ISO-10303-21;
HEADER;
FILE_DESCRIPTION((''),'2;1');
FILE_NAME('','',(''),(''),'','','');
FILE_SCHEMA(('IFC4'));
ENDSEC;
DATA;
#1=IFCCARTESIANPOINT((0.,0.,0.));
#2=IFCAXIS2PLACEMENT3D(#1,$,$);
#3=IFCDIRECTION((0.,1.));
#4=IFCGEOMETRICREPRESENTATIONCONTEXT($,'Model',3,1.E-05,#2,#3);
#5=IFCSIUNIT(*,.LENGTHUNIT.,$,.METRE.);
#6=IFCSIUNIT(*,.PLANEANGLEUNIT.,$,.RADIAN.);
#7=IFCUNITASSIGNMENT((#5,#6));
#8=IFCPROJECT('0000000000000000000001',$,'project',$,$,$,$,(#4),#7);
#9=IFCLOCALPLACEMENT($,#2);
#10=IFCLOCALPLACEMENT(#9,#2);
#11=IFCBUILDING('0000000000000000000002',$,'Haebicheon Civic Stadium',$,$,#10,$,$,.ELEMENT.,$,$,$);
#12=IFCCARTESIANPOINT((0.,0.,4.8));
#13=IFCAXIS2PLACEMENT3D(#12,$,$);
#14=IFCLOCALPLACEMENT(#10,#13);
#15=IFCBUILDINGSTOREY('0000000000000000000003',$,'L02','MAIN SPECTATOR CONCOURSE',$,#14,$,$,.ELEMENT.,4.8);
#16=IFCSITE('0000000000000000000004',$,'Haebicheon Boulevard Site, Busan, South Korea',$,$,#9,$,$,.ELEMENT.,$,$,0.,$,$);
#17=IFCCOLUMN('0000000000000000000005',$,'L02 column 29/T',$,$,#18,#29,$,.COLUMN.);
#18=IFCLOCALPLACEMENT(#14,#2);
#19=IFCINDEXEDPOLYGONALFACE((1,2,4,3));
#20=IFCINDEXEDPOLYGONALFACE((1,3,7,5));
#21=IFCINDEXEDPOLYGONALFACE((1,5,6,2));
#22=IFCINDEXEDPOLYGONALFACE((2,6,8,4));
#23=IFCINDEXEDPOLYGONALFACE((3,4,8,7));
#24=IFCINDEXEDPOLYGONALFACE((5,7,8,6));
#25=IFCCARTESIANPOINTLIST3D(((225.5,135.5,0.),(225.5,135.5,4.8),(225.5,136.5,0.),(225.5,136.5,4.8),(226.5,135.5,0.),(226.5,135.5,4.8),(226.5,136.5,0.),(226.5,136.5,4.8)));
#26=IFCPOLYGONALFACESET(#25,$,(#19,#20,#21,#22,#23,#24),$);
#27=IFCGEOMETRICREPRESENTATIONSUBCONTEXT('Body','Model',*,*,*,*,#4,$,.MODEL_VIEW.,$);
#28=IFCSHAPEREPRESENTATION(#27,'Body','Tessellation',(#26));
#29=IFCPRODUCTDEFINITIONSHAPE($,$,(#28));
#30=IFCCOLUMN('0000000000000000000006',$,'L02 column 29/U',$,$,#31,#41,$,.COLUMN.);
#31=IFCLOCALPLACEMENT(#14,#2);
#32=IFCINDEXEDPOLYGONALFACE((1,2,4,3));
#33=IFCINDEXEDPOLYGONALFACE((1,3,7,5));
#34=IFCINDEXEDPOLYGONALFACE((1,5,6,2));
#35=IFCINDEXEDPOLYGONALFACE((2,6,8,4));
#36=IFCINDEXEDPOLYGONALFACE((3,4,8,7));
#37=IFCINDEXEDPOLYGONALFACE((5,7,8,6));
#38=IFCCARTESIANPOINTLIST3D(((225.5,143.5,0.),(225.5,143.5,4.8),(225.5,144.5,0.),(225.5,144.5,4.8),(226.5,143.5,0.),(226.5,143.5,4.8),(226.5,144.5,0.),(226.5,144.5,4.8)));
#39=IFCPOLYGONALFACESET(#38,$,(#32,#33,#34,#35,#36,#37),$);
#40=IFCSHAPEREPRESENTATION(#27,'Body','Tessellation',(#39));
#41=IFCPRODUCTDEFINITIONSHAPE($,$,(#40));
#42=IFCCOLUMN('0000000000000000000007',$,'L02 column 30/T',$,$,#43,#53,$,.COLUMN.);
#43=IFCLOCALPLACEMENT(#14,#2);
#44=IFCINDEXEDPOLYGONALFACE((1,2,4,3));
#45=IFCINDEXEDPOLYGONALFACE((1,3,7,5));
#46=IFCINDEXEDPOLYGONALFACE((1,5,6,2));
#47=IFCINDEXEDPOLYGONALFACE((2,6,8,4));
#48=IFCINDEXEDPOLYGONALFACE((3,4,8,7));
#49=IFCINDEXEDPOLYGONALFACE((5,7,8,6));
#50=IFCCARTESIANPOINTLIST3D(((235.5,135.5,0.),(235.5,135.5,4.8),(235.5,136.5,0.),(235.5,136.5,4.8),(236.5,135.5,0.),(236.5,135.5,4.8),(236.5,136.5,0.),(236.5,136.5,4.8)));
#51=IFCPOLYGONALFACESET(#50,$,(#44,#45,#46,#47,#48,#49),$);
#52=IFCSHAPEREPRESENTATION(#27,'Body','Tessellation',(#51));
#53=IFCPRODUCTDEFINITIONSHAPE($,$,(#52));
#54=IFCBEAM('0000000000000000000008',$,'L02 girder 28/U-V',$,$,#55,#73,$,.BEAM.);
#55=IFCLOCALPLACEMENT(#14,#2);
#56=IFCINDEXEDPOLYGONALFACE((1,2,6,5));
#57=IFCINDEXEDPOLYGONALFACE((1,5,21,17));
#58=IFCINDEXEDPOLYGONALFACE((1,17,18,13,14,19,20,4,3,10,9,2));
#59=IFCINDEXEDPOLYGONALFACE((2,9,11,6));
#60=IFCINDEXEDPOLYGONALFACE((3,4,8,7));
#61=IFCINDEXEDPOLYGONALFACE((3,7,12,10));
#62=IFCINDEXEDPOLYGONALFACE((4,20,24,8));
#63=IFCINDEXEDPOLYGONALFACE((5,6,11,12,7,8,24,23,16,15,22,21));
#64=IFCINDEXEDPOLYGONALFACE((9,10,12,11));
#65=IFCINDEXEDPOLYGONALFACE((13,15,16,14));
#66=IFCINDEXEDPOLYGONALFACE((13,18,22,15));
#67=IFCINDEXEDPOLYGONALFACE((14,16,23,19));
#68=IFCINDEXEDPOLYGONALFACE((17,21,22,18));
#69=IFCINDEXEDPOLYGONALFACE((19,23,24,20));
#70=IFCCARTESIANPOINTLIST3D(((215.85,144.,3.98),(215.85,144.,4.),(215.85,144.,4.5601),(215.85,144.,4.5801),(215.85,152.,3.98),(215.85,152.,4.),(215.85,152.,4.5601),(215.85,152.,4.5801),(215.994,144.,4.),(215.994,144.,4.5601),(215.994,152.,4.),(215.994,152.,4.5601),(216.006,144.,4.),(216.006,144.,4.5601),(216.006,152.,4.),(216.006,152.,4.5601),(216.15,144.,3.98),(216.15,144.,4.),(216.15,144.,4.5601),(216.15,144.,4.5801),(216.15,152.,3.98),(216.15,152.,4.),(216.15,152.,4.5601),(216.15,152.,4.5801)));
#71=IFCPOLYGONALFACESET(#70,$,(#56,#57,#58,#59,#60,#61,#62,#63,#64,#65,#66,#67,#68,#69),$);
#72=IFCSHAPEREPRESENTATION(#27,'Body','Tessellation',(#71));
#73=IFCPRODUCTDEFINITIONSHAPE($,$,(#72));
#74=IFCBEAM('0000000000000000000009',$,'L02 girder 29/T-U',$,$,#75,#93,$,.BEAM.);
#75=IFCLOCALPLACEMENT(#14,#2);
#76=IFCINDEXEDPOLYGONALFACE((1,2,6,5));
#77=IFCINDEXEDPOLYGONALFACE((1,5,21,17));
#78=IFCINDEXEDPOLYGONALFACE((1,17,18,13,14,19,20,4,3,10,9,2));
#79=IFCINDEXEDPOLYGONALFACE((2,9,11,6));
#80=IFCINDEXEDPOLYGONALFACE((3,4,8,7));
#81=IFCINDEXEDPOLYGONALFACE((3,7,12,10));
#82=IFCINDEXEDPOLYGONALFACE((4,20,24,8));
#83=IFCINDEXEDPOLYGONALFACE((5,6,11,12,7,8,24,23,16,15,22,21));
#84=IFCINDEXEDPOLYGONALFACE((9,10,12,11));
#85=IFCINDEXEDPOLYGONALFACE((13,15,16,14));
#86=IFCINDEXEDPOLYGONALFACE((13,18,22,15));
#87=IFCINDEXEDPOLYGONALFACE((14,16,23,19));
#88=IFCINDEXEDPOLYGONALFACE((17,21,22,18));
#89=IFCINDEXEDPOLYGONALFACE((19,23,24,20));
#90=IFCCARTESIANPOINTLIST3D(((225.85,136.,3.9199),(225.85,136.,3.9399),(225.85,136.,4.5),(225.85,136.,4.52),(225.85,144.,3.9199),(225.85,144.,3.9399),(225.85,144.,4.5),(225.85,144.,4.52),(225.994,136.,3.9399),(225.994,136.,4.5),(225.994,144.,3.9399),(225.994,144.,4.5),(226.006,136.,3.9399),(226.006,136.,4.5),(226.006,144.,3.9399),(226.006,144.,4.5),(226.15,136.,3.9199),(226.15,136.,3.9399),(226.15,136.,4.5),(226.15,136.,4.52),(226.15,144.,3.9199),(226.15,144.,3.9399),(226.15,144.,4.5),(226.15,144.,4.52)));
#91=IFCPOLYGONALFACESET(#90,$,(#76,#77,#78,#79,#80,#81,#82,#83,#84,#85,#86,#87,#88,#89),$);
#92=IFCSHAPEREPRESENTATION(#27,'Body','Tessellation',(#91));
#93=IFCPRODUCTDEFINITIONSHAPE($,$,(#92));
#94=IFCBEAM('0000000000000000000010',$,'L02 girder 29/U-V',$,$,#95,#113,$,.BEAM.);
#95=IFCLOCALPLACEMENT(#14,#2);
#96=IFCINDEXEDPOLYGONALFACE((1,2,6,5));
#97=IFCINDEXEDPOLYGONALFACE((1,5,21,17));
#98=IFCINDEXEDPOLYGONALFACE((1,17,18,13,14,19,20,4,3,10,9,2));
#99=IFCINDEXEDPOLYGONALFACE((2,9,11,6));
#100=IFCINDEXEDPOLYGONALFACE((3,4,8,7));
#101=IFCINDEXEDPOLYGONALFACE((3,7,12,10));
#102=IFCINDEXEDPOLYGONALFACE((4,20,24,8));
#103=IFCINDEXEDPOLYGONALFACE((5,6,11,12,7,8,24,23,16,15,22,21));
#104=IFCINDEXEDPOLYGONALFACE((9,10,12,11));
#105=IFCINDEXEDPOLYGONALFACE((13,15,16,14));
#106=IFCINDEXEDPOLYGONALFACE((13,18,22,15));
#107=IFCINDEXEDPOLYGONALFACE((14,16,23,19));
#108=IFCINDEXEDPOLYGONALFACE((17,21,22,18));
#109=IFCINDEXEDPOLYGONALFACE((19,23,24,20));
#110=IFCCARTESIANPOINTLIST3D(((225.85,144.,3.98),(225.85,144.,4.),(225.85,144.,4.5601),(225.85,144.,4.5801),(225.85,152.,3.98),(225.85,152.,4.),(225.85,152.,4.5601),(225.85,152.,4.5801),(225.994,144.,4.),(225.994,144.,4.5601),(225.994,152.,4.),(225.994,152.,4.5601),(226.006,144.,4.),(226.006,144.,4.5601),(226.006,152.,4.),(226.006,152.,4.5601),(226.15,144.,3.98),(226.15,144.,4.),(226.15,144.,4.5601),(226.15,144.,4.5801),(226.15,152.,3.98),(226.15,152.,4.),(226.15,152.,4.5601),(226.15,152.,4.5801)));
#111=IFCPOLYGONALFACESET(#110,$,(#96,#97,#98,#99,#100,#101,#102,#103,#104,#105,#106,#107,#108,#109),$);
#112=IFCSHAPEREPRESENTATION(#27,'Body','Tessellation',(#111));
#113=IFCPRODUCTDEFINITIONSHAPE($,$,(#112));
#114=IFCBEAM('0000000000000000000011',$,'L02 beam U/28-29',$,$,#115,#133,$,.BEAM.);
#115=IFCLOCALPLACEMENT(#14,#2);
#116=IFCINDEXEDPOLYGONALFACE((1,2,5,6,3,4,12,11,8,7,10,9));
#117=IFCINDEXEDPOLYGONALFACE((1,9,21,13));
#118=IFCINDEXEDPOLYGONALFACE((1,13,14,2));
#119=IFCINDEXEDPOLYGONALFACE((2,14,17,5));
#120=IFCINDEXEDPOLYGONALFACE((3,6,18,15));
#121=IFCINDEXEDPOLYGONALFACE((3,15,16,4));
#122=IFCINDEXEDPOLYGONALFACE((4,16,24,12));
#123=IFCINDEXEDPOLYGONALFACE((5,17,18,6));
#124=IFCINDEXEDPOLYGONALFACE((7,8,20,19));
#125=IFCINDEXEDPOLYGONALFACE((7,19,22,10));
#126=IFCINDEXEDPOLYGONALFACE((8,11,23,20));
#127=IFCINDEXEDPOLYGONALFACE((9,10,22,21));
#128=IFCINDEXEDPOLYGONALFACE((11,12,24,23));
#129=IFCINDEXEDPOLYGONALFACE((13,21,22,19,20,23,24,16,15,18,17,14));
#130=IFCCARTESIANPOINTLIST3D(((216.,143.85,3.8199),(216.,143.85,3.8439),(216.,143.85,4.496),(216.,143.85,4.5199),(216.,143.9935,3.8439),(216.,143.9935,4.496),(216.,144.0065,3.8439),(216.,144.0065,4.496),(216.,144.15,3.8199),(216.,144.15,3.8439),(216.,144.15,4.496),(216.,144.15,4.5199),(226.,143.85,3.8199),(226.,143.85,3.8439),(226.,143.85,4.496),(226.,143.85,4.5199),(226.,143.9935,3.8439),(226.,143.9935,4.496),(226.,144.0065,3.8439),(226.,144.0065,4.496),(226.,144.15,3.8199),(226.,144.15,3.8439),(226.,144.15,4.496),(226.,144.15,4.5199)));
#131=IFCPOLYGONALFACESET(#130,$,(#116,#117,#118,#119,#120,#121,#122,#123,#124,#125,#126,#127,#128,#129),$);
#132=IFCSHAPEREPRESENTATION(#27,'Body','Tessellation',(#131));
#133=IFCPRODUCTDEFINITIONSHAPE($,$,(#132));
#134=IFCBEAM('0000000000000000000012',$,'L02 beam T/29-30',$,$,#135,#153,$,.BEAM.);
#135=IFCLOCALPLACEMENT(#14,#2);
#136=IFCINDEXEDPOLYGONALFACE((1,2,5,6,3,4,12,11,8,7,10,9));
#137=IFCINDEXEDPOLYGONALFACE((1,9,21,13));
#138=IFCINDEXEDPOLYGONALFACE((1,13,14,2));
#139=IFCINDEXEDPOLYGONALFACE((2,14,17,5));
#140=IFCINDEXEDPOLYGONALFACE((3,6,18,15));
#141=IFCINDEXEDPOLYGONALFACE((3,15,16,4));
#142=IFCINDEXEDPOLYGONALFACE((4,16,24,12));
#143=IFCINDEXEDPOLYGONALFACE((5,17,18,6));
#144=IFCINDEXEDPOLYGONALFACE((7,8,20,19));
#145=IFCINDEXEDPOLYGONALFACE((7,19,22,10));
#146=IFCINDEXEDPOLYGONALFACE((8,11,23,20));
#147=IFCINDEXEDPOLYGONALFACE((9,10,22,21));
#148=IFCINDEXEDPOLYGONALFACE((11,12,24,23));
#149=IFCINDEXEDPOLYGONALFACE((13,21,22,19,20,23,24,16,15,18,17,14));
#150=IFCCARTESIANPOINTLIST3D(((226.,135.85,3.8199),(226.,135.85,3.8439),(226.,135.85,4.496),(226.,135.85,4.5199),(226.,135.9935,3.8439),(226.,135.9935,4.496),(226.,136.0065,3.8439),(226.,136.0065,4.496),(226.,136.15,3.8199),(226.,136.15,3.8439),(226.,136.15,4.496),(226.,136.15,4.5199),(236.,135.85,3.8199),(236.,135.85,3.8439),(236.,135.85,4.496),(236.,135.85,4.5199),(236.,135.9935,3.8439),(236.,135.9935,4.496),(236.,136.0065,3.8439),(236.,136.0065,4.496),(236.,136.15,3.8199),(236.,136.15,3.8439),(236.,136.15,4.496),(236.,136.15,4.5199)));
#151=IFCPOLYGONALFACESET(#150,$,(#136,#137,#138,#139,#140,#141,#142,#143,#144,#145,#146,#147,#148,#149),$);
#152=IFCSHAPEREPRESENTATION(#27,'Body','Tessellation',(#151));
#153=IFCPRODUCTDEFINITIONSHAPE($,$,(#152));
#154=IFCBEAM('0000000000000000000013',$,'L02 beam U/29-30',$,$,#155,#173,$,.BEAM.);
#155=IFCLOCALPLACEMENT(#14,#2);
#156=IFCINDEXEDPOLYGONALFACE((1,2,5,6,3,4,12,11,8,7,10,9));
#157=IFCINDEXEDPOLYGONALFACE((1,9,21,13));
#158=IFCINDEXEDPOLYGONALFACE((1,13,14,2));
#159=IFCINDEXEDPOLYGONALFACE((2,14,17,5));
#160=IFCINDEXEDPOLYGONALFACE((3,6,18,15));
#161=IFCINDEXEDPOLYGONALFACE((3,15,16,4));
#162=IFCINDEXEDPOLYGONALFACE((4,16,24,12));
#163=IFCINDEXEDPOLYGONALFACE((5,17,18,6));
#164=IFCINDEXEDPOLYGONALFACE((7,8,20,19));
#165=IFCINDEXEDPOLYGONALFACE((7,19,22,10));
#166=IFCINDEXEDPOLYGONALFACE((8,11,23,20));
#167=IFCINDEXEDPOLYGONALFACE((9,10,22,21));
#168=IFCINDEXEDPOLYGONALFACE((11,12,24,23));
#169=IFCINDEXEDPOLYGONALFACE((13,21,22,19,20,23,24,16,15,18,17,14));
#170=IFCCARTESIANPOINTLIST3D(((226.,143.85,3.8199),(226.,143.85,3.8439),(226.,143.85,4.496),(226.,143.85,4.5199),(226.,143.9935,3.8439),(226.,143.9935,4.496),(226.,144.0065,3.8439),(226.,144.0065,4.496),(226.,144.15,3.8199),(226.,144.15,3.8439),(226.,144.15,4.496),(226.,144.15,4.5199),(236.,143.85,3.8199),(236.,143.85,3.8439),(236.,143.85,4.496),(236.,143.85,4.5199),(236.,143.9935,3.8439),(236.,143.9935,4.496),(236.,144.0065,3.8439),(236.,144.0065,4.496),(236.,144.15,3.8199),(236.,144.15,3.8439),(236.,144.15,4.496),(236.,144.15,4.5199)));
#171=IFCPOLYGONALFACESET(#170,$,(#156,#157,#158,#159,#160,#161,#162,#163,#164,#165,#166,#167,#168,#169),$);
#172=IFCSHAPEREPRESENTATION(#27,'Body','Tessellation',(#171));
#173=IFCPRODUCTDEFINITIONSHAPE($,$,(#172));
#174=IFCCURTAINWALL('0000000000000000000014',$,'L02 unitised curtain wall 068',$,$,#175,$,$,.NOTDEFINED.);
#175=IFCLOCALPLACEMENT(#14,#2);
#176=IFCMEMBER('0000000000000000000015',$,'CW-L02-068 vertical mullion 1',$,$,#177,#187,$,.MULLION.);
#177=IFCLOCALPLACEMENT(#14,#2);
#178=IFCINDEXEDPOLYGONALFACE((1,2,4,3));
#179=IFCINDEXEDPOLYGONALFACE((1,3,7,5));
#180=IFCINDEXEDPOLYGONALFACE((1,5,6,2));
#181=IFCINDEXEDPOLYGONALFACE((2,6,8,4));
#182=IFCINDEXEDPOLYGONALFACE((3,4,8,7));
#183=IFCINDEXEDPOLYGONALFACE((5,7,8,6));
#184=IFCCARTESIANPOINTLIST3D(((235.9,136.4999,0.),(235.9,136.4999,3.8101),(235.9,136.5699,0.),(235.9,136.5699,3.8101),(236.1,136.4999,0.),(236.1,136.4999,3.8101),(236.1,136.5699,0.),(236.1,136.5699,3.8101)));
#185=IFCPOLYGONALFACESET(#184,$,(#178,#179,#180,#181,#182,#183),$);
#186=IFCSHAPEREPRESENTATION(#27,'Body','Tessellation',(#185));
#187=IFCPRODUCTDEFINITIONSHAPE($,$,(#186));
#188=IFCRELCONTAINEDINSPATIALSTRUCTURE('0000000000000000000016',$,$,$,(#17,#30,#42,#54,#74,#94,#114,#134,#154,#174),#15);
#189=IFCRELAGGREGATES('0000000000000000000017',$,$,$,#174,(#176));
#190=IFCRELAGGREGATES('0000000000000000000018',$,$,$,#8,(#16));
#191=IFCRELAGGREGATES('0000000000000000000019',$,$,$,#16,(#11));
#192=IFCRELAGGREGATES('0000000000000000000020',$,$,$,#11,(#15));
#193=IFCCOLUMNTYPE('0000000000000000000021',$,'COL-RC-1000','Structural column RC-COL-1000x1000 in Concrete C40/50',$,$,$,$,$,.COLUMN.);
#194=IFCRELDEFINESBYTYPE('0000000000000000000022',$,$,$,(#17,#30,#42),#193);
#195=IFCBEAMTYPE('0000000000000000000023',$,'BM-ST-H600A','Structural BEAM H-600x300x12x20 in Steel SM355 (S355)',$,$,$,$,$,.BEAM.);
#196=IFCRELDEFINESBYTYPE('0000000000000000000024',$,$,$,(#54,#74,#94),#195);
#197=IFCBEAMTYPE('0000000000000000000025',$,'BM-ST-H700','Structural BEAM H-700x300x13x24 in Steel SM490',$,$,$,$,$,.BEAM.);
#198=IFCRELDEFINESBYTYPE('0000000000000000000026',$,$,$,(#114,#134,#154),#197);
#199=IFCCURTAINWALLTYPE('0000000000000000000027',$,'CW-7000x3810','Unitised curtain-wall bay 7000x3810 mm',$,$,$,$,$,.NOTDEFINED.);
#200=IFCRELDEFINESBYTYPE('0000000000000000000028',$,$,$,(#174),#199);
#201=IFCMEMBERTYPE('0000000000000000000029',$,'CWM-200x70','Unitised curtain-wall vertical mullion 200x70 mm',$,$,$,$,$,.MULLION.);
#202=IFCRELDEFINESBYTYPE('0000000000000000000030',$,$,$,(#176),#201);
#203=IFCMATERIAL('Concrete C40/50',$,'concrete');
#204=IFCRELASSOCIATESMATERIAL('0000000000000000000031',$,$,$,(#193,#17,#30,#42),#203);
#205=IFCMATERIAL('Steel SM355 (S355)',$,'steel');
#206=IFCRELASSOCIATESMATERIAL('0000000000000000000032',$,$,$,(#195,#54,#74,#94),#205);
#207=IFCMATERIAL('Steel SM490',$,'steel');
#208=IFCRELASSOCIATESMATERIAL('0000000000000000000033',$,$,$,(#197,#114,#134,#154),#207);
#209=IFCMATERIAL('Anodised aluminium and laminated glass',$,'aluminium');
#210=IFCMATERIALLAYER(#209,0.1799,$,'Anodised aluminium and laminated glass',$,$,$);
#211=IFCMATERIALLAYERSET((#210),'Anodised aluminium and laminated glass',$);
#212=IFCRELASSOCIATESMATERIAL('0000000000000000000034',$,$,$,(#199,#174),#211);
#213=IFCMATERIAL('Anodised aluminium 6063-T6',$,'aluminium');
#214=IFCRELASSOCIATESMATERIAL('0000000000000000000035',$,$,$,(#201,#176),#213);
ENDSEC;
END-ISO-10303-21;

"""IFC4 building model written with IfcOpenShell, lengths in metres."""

from ifc_helpers import new_model, si_unit, direction, frame, origin, origin_2d, place, context, subcontext, project, spatial, rectangle, i_section, extrude, material, layer, layer_set, material_profile, profile_set, type_object, element, aggregate, save


model = new_model("IFC4")

# Units and contexts
model_context = context("Model", 3, precision=1e-05, world=origin(), true_north=direction((0.0, 1.0)))
body_context = subcontext(model_context, "Body", "Model", "MODEL_VIEW")
ifc_project = project(units=[si_unit("LENGTHUNIT", "METRE"), si_unit("PLANEANGLEUNIT", "RADIAN")], contexts=[model_context])

# Site, building, storey
site_placement = place(None, origin())
site = spatial("IfcSite", under=ifc_project, at=site_placement, Name="Haebicheon Boulevard Site, Busan, South Korea", CompositionType="ELEMENT", RefElevation=0.0)
building_placement = place(site_placement, origin())
building = spatial("IfcBuilding", under=site, at=building_placement, Name="Haebicheon Civic Stadium", CompositionType="ELEMENT")
storey_placement = place(building_placement, frame((0.0, 0.0, 4.8)))
storey = spatial("IfcBuildingStorey", under=building, at=storey_placement, Name="L02", Description="MAIN SPECTATOR CONCOURSE", CompositionType="ELEMENT", Elevation=4.8)

# Columns
ifc_material_1 = material(Name="Concrete C40/50", Category="concrete")
ifc_material_profile_1 = material_profile(ifc_material_1, rectangle(XDim=1.0, YDim=1.0, at=origin_2d()), Name="RC-COL-1000x1000")
ifc_profile_set_1 = profile_set([ifc_material_profile_1], Name="Concrete C40/50")
column_type = type_object("IfcColumnType", Name="COL-RC-1000", Description="Structural column RC-COL-1000x1000 in Concrete C40/50", PredefinedType="COLUMN", material=ifc_profile_set_1)
for number, where, z_axis, x_axis, name in (
    (1, (226.0, 136.0, 0.0), (0.0, 0.0, 1.0), (1.0, 0.0, 0.0), "L02 column 29/T"),
    (2, (226.0, 144.0, 0.0), (0.0, 0.0, 1.0), (1.0, 0.0, 0.0), "L02 column 29/U"),
    (3, (236.0, 136.0, 0.0), (0.0, 0.0, 1.0), (1.0, 0.0, 0.0), "L02 column 30/T"),
):
    element("IfcColumn", number, at=place(storey_placement, frame(where, z_axis=z_axis, x_axis=x_axis)), inside=storey, type_object=column_type, material=ifc_profile_set_1, Name=name, PredefinedType="COLUMN", context=body_context, shape_type="SweptSolid", body=[
        extrude(rectangle(XDim=1.0, YDim=1.0, at=origin_2d()), origin(), (0.0, 0.0, 1.0), 4.8),
    ])

# Beams
ifc_material_2 = material(Name="Steel SM355 (S355)", Category="steel")
ifc_material_profile_2 = material_profile(ifc_material_2, i_section(OverallWidth=0.3, OverallDepth=0.6001, WebThickness=0.012, FlangeThickness=0.02, at=origin_2d()), Name="H-600x300x12x20")
ifc_profile_set_2 = profile_set([ifc_material_profile_2], Name="Steel SM355 (S355)")
beam_type_1 = type_object("IfcBeamType", Name="BM-ST-H600A", Description="Structural BEAM H-600x300x12x20 in Steel SM355 (S355)", PredefinedType="BEAM", material=ifc_profile_set_2)
for number, where, z_axis, x_axis, name in (
    (4, (216.0, 144.0, 4.28), (0.0, 1.0, 0.0), (-1.0, 0.0, 0.0), "L02 girder 28/U-V"),
    (5, (226.0, 136.0, 4.22), (0.0, 1.0, 0.0), (-1.0, 0.0, 0.0), "L02 girder 29/T-U"),
    (6, (226.0, 144.0, 4.28), (0.0, 1.0, 0.0), (-1.0, 0.0, 0.0), "L02 girder 29/U-V"),
):
    element("IfcBeam", number, at=place(storey_placement, frame(where, z_axis=z_axis, x_axis=x_axis)), inside=storey, type_object=beam_type_1, material=ifc_profile_set_2, Name=name, PredefinedType="BEAM", context=body_context, shape_type="SweptSolid", body=[
        extrude(i_section(OverallWidth=0.3, OverallDepth=0.6001, WebThickness=0.012, FlangeThickness=0.02, at=origin_2d()), origin(), (0.0, 0.0, 1.0), 8.0),
    ])
ifc_material_3 = material(Name="Steel SM490", Category="steel")
ifc_material_profile_3 = material_profile(ifc_material_3, i_section(OverallWidth=0.3, OverallDepth=0.7, WebThickness=0.0129, FlangeThickness=0.0239, at=origin_2d()), Name="H-700x300x13x24")
ifc_profile_set_3 = profile_set([ifc_material_profile_3], Name="Steel SM490")
beam_type_2 = type_object("IfcBeamType", Name="BM-ST-H700", Description="Structural BEAM H-700x300x13x24 in Steel SM490", PredefinedType="BEAM", material=ifc_profile_set_3)
for number, where, z_axis, x_axis, name in (
    (7, (216.0, 144.0, 4.1699), (1.0, 0.0, 0.0), (0.0, 1.0, 0.0), "L02 beam U/28-29"),
    (8, (226.0, 136.0, 4.1699), (1.0, 0.0, 0.0), (0.0, 1.0, 0.0), "L02 beam T/29-30"),
    (9, (226.0, 144.0, 4.1699), (1.0, 0.0, 0.0), (0.0, 1.0, 0.0), "L02 beam U/29-30"),
):
    element("IfcBeam", number, at=place(storey_placement, frame(where, z_axis=z_axis, x_axis=x_axis)), inside=storey, type_object=beam_type_2, material=ifc_profile_set_3, Name=name, PredefinedType="BEAM", context=body_context, shape_type="SweptSolid", body=[
        extrude(i_section(OverallWidth=0.3, OverallDepth=0.7, WebThickness=0.0129, FlangeThickness=0.0239, at=origin_2d()), origin(), (0.0, 0.0, 1.0), 10.0),
    ])

# Curtain wall, member
ifc_material_4 = material(Name="Anodised aluminium and laminated glass", Category="aluminium")
ifc_layer_1 = layer(ifc_material_4, 0.1799, Name="Anodised aluminium and laminated glass")
ifc_layer_set_1 = layer_set([ifc_layer_1], Name="Anodised aluminium and laminated glass")
curtain_wall_type = type_object("IfcCurtainWallType", Name="CW-7000x3810", Description="Unitised curtain-wall bay 7000x3810 mm", PredefinedType="NOTDEFINED", material=ifc_layer_set_1)
curtain_wall_placement = place(storey_placement, origin())
curtain_wall = element("IfcCurtainWall", 10, at=curtain_wall_placement, inside=storey, type_object=curtain_wall_type, material=ifc_layer_set_1, Name="L02 unitised curtain wall 068", PredefinedType="NOTDEFINED")
ifc_material_5 = material(Name="Anodised aluminium 6063-T6", Category="aluminium")
ifc_material_profile_4 = material_profile(ifc_material_5, rectangle(XDim=0.0701, YDim=0.2, at=origin_2d()), Name="ALU-MULL-70x200")
ifc_profile_set_4 = profile_set([ifc_material_profile_4], Name="Anodised aluminium 6063-T6")
member_type = type_object("IfcMemberType", Name="CWM-200x70", Description="Unitised curtain-wall vertical mullion 200x70 mm", PredefinedType="MULLION", material=ifc_profile_set_4)
member_placement = place(storey_placement, frame((236.0, 136.5349, 0.0), z_axis=(0.0, 0.0, 1.0), x_axis=(0.0, 1.0, 0.0)))
member = element("IfcMember", 11, at=member_placement, type_object=member_type, material=ifc_profile_set_4, Name="CW-L02-068 vertical mullion 1", PredefinedType="MULLION", context=body_context, shape_type="SweptSolid", body=[
    extrude(rectangle(XDim=0.0701, YDim=0.2, at=origin_2d()), origin(), (0.0, 0.0, 1.0), 3.8101),
])
aggregate(curtain_wall, [member])

save(model, "model.ifc")
